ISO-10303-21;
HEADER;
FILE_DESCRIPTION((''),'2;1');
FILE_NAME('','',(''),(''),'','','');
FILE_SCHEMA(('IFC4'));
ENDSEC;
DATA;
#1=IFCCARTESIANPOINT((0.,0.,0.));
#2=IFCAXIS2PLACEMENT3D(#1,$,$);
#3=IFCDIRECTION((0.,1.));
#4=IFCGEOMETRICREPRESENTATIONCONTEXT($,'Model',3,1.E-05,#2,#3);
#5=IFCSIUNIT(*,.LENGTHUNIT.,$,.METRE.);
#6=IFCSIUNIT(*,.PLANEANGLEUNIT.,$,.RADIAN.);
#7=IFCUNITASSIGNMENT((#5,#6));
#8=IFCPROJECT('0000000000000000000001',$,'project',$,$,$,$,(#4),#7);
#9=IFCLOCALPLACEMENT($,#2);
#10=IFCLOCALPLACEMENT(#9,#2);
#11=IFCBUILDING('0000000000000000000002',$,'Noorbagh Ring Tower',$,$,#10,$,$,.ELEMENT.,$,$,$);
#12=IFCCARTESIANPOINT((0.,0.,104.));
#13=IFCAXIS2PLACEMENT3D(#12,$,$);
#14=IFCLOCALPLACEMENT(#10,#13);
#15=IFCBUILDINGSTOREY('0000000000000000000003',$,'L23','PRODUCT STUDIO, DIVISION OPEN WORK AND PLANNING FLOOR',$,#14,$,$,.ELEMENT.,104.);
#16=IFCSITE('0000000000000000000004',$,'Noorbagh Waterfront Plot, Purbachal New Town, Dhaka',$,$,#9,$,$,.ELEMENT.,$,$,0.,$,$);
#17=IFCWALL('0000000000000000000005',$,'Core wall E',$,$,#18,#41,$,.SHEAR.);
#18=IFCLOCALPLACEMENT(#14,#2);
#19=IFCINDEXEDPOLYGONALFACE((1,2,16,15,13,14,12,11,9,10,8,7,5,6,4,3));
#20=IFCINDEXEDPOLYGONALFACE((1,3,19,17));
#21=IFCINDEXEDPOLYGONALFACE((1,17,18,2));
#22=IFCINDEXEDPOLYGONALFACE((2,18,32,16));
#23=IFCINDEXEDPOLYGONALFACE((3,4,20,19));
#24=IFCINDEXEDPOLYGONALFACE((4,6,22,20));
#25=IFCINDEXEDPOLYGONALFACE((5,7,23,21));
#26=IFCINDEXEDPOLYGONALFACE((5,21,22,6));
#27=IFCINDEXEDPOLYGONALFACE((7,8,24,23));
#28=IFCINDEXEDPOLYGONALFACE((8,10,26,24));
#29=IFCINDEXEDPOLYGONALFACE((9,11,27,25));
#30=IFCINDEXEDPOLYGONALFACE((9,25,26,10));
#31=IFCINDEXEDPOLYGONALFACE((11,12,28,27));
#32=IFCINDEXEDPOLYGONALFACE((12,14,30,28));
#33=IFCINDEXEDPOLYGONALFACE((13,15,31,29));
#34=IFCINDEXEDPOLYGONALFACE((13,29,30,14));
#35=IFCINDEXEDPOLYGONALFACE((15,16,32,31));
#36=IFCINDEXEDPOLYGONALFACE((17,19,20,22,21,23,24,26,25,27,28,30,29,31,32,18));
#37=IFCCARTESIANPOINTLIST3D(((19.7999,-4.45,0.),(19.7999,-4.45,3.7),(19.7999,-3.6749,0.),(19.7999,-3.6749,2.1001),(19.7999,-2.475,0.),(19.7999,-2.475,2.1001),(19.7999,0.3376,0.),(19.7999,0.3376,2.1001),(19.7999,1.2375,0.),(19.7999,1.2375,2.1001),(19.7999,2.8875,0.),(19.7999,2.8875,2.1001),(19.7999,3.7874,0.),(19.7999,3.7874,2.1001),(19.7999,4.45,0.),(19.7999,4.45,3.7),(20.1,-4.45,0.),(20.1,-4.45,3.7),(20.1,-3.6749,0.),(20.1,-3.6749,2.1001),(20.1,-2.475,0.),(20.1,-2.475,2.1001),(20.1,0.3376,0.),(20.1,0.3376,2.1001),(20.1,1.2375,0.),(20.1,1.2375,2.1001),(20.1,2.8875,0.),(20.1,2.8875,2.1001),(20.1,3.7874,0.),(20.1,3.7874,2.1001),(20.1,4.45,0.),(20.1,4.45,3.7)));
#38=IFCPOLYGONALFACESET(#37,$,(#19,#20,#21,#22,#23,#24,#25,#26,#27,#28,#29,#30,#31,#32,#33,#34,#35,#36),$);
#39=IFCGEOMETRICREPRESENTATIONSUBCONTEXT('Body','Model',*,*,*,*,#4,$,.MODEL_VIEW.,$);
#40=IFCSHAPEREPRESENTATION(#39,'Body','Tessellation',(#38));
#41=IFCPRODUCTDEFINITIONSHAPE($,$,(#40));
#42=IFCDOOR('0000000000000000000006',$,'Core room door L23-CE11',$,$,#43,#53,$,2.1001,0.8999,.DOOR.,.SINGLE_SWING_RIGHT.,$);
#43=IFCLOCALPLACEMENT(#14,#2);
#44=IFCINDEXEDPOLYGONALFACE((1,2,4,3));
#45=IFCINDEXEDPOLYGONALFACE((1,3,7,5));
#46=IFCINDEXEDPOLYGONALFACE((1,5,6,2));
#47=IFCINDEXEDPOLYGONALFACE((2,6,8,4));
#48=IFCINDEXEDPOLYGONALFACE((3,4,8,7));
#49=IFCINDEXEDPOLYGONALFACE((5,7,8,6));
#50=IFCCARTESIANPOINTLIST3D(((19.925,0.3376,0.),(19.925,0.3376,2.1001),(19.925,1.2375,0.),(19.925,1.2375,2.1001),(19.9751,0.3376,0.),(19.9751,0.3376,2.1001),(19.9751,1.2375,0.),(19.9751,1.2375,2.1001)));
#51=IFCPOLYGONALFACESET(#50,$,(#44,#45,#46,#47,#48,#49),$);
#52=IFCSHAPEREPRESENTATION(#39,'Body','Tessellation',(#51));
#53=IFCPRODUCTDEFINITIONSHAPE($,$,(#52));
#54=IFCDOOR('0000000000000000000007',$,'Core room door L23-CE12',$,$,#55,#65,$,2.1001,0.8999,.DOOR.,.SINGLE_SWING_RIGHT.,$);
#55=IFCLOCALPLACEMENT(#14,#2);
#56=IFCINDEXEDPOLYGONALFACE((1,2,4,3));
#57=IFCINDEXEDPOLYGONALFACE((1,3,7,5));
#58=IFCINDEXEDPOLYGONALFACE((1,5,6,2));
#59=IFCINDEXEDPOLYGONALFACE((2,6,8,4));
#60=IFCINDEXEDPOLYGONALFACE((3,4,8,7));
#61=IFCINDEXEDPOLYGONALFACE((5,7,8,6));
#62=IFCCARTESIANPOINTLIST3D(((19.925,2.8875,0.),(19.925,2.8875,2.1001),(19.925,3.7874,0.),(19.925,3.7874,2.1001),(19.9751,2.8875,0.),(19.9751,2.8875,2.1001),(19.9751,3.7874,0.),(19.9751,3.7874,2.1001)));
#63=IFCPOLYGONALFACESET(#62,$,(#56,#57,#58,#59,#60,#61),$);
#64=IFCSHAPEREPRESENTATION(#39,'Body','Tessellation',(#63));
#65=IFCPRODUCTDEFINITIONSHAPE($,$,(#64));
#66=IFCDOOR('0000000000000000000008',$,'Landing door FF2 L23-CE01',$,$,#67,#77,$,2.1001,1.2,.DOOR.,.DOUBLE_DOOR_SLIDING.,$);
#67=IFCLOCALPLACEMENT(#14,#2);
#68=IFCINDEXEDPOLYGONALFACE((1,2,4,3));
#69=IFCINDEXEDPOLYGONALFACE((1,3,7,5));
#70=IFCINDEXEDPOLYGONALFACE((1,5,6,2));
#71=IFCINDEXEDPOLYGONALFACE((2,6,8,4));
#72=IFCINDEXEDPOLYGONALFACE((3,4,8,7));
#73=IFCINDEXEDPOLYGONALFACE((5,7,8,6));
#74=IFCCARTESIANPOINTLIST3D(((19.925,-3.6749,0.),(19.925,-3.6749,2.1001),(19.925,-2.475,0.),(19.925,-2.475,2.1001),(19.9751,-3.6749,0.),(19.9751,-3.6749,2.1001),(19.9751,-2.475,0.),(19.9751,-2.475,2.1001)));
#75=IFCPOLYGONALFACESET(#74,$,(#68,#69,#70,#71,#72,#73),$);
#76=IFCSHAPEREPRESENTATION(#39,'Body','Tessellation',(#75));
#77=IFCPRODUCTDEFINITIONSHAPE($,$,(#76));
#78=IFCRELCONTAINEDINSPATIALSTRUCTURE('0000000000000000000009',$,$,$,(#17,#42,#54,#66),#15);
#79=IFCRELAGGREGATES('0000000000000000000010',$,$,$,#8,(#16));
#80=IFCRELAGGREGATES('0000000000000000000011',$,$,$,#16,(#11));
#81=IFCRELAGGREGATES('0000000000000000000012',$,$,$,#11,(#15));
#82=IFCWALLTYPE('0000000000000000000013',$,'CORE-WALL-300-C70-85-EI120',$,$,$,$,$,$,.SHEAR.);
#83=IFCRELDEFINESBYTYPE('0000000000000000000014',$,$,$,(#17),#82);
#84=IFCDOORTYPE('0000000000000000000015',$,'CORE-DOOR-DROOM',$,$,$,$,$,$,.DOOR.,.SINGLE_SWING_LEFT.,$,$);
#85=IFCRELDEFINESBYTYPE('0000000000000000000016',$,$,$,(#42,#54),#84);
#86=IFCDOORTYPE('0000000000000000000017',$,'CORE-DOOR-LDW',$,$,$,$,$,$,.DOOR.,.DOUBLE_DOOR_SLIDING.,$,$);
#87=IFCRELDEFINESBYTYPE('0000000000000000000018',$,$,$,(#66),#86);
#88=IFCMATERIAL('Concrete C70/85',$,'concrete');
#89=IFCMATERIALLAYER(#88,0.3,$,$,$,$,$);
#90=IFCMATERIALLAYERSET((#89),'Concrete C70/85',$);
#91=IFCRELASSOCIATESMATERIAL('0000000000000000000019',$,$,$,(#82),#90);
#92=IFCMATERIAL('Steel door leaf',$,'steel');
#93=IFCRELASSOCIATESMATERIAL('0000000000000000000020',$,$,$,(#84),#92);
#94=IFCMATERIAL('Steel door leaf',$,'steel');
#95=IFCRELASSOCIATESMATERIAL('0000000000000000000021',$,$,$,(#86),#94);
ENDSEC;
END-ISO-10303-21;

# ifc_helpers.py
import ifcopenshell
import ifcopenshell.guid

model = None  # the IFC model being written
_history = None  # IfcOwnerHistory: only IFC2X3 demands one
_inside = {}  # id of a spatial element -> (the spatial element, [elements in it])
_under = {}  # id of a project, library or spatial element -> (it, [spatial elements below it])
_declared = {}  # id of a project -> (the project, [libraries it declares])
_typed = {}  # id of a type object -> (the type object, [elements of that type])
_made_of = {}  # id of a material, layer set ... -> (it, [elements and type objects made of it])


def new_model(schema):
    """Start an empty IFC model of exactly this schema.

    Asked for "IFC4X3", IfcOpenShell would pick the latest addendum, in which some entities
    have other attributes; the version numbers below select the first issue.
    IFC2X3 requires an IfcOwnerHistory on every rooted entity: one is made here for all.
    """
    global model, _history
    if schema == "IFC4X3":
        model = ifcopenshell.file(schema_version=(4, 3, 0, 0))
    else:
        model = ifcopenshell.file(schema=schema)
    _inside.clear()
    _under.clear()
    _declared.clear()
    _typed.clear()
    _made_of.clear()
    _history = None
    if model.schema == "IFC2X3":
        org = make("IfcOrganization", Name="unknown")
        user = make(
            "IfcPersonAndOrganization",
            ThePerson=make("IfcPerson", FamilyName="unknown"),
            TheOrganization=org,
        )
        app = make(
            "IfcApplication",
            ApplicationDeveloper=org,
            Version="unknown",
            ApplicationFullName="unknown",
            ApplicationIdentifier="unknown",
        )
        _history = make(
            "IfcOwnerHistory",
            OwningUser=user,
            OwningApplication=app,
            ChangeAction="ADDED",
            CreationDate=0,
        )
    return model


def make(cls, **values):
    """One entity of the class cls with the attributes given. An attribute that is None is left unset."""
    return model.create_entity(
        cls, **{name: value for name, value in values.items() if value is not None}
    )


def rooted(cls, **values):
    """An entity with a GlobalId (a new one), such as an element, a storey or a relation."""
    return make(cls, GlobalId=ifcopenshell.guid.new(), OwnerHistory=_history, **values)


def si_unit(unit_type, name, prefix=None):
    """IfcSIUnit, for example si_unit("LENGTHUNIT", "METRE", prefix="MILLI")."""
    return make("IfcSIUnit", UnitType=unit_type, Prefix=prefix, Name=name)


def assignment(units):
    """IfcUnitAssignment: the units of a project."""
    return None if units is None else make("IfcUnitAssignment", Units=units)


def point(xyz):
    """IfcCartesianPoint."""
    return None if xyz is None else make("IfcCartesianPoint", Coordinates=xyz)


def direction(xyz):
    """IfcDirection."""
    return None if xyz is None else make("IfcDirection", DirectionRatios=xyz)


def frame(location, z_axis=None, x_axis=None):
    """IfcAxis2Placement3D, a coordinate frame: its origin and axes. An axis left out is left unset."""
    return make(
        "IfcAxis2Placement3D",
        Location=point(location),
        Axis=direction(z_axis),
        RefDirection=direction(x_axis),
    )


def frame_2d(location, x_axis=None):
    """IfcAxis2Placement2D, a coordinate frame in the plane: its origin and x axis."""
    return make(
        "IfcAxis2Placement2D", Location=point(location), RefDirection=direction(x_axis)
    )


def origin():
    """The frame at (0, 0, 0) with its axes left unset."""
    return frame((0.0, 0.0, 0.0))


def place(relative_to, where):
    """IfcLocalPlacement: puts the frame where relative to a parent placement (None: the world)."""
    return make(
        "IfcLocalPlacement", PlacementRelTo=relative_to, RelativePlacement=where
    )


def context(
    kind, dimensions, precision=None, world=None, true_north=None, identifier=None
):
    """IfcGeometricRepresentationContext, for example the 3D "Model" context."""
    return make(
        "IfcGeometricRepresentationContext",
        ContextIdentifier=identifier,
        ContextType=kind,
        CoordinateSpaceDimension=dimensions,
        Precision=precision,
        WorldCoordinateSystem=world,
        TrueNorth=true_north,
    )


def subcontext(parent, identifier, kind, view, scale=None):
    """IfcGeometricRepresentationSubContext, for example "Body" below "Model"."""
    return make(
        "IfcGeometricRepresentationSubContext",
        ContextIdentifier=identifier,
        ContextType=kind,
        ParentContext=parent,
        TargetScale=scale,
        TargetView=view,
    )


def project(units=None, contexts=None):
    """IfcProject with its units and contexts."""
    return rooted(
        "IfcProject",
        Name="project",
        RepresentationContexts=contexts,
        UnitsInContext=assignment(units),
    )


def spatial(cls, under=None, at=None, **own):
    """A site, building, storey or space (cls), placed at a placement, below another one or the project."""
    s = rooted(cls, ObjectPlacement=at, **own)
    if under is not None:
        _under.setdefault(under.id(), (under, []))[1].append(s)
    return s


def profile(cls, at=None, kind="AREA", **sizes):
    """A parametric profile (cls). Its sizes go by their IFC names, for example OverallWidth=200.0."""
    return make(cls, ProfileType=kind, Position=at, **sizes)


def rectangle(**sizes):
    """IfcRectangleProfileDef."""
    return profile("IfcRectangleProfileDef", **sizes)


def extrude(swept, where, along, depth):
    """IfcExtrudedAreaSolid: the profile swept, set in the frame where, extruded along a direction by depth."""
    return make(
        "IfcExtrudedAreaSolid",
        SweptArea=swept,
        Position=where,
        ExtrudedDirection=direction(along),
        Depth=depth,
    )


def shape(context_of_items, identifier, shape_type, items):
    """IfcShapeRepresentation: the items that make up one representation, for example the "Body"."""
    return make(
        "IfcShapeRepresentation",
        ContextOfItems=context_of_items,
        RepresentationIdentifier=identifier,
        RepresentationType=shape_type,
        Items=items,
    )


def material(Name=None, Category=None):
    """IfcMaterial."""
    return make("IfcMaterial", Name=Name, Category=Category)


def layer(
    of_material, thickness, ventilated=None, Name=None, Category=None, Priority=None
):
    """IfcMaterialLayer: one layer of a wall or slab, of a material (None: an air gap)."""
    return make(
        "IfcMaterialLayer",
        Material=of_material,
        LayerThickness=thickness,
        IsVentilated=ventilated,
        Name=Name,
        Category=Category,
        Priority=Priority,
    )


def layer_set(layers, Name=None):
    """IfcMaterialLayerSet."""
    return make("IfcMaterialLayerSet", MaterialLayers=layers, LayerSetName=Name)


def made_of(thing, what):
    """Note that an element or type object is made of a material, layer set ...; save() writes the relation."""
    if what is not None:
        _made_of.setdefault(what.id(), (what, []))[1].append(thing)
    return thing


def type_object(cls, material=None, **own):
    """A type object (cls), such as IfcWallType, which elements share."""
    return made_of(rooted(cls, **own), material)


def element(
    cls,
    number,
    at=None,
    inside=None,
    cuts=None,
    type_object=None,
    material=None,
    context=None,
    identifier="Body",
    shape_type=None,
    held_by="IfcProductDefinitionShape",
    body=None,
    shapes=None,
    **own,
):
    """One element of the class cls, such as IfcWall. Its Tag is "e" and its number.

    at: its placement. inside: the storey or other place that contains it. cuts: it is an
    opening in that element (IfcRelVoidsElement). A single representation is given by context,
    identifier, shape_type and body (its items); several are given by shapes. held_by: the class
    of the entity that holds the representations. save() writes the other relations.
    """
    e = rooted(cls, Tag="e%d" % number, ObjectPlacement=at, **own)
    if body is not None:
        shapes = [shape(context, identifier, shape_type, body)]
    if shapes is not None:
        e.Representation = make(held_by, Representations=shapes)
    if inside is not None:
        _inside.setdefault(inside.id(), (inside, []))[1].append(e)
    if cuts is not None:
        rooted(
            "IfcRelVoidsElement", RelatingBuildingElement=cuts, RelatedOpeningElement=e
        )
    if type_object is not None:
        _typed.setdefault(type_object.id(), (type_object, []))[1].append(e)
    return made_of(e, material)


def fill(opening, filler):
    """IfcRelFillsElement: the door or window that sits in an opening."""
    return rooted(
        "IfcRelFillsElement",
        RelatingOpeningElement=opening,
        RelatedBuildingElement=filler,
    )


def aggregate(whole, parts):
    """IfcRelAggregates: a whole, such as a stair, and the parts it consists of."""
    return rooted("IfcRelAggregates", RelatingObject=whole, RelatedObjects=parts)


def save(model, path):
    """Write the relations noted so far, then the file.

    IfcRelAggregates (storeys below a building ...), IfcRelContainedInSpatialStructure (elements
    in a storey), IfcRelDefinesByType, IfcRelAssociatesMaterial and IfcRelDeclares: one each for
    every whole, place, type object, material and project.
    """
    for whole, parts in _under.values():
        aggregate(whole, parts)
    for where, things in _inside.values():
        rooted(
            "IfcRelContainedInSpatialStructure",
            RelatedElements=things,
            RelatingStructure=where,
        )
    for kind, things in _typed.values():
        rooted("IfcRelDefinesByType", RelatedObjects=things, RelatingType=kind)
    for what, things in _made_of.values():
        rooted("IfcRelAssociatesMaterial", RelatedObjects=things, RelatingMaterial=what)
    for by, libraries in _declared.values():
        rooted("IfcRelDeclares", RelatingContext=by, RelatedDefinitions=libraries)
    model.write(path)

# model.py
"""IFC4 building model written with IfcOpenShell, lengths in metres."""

from ifc_helpers import new_model, si_unit, direction, frame, frame_2d, origin, place, context, subcontext, project, spatial, rectangle, extrude, material, layer, layer_set, type_object, element, fill, save


model = new_model("IFC4")

# Units and contexts
model_context = context("Model", 3, precision=1e-05, world=origin(), true_north=direction((0.0, 1.0)))
body_context = subcontext(model_context, "Body", "Model", "MODEL_VIEW")
ifc_project = project(units=[si_unit("LENGTHUNIT", "METRE"), si_unit("PLANEANGLEUNIT", "RADIAN")], contexts=[model_context])

# Site, building, storey
site_placement = place(None, origin())
site = spatial("IfcSite", under=ifc_project, at=site_placement, Name="Noorbagh Waterfront Plot, Purbachal New Town, Dhaka", CompositionType="ELEMENT", RefElevation=0.0)
building_placement = place(site_placement, origin())
building = spatial("IfcBuilding", under=site, at=building_placement, Name="Noorbagh Ring Tower", CompositionType="ELEMENT")
storey_placement = place(building_placement, frame((0.0, 0.0, 104.0)))
storey = spatial("IfcBuildingStorey", under=building, at=storey_placement, Name="L23", Description="PRODUCT STUDIO, DIVISION OPEN WORK AND PLANNING FLOOR", CompositionType="ELEMENT", Elevation=104.0)

# Shared definitions
ifc_material_1 = material(Name="Concrete C70/85", Category="concrete")
ifc_layer_1 = layer(ifc_material_1, 0.3)
ifc_layer_set_1 = layer_set([ifc_layer_1], Name="Concrete C70/85")
wall_type_1 = type_object("IfcWallType", Name="CORE-WALL-300-C70-85-EI120", PredefinedType="SHEAR", material=ifc_layer_set_1)

# Wall, openings, doors
wall_1_placement = place(storey_placement, frame((19.95, -4.45, 0.0), z_axis=(0.0, 0.0, 1.0), x_axis=(0.0, 1.0, 0.0)))
wall_1 = element("IfcWall", 1, at=wall_1_placement, inside=storey, type_object=wall_type_1, Name="Core wall E", PredefinedType="SHEAR", context=body_context, shape_type="SweptSolid", body=[
    extrude(rectangle(XDim=8.8999, YDim=0.3, at=frame_2d((4.45, 0.0))), origin(), (0.0, 0.0, 1.0), 3.7),
])
opening_1_placement = place(wall_1_placement, frame((0.7749, 0.0, 0.0)))
opening_1 = element("IfcOpeningElement", 2, at=opening_1_placement, cuts=wall_1, PredefinedType="OPENING", context=body_context, shape_type="SweptSolid", body=[
    extrude(rectangle(XDim=1.2, YDim=2.1001, at=frame_2d((0.6001, 1.05))), frame((0.0, 0.1602, 0.0), z_axis=(0.0, -1.0, 0.0), x_axis=(1.0, 0.0, 0.0)), (0.0, 0.0, 1.0), 0.3201),
])
opening_2_placement = place(wall_1_placement, frame((4.7876, 0.0, 0.0)))
opening_2 = element("IfcOpeningElement", 3, at=opening_2_placement, cuts=wall_1, PredefinedType="OPENING", context=body_context, shape_type="SweptSolid", body=[
    extrude(rectangle(XDim=0.8999, YDim=2.1001, at=frame_2d((0.45, 1.05))), frame((0.0, 0.1602, 0.0), z_axis=(0.0, -1.0, 0.0), x_axis=(1.0, 0.0, 0.0)), (0.0, 0.0, 1.0), 0.3201),
])
opening_3_placement = place(wall_1_placement, frame((7.3374, 0.0, 0.0)))
opening_3 = element("IfcOpeningElement", 4, at=opening_3_placement, cuts=wall_1, PredefinedType="OPENING", context=body_context, shape_type="SweptSolid", body=[
    extrude(rectangle(XDim=0.8999, YDim=2.1001, at=frame_2d((0.45, 1.05))), frame((0.0, 0.1602, 0.0), z_axis=(0.0, -1.0, 0.0), x_axis=(1.0, 0.0, 0.0)), (0.0, 0.0, 1.0), 0.3201),
])
ifc_material_2 = material(Name="Steel door leaf", Category="steel")
door_type_1 = type_object("IfcDoorType", Name="CORE-DOOR-DROOM", OperationType="SINGLE_SWING_LEFT", PredefinedType="DOOR", material=ifc_material_2)
door_1_placement = place(opening_2_placement, origin())
door_1 = element("IfcDoor", 5, at=door_1_placement, inside=storey, type_object=door_type_1, Name="Core room door L23-CE11", OperationType="SINGLE_SWING_RIGHT", OverallHeight=2.1001, OverallWidth=0.8999, PredefinedType="DOOR", context=body_context, shape_type="SweptSolid", body=[
    extrude(rectangle(XDim=0.8999, YDim=2.1001, at=frame_2d((0.45, 1.05))), frame((0.0, 0.0249, 0.0), z_axis=(0.0, -1.0, 0.0), x_axis=(1.0, 0.0, 0.0)), (0.0, 0.0, 1.0), 0.05),
])
fill(opening_2, door_1)
door_2_placement = place(opening_3_placement, origin())
door_2 = element("IfcDoor", 6, at=door_2_placement, inside=storey, type_object=door_type_1, Name="Core room door L23-CE12", OperationType="SINGLE_SWING_RIGHT", OverallHeight=2.1001, OverallWidth=0.8999, PredefinedType="DOOR", context=body_context, shape_type="SweptSolid", body=[
    extrude(rectangle(XDim=0.8999, YDim=2.1001, at=frame_2d((0.45, 1.05))), frame((0.0, 0.0249, 0.0), z_axis=(0.0, -1.0, 0.0), x_axis=(1.0, 0.0, 0.0)), (0.0, 0.0, 1.0), 0.05),
])
fill(opening_3, door_2)
ifc_material_3 = material(Name="Steel door leaf", Category="steel")
door_type_2 = type_object("IfcDoorType", Name="CORE-DOOR-LDW", OperationType="DOUBLE_DOOR_SLIDING", PredefinedType="DOOR", material=ifc_material_3)
door_3_placement = place(opening_1_placement, origin())
door_3 = element("IfcDoor", 7, at=door_3_placement, inside=storey, type_object=door_type_2, Name="Landing door FF2 L23-CE01", OperationType="DOUBLE_DOOR_SLIDING", OverallHeight=2.1001, OverallWidth=1.2, PredefinedType="DOOR", context=body_context, shape_type="SweptSolid", body=[
    extrude(rectangle(XDim=1.2, YDim=2.1001, at=frame_2d((0.6001, 1.05))), frame((0.0, 0.0249, 0.0), z_axis=(0.0, -1.0, 0.0), x_axis=(1.0, 0.0, 0.0)), (0.0, 0.0, 1.0), 0.05),
])
fill(opening_1, door_3)

save(model, "model.ifc")
